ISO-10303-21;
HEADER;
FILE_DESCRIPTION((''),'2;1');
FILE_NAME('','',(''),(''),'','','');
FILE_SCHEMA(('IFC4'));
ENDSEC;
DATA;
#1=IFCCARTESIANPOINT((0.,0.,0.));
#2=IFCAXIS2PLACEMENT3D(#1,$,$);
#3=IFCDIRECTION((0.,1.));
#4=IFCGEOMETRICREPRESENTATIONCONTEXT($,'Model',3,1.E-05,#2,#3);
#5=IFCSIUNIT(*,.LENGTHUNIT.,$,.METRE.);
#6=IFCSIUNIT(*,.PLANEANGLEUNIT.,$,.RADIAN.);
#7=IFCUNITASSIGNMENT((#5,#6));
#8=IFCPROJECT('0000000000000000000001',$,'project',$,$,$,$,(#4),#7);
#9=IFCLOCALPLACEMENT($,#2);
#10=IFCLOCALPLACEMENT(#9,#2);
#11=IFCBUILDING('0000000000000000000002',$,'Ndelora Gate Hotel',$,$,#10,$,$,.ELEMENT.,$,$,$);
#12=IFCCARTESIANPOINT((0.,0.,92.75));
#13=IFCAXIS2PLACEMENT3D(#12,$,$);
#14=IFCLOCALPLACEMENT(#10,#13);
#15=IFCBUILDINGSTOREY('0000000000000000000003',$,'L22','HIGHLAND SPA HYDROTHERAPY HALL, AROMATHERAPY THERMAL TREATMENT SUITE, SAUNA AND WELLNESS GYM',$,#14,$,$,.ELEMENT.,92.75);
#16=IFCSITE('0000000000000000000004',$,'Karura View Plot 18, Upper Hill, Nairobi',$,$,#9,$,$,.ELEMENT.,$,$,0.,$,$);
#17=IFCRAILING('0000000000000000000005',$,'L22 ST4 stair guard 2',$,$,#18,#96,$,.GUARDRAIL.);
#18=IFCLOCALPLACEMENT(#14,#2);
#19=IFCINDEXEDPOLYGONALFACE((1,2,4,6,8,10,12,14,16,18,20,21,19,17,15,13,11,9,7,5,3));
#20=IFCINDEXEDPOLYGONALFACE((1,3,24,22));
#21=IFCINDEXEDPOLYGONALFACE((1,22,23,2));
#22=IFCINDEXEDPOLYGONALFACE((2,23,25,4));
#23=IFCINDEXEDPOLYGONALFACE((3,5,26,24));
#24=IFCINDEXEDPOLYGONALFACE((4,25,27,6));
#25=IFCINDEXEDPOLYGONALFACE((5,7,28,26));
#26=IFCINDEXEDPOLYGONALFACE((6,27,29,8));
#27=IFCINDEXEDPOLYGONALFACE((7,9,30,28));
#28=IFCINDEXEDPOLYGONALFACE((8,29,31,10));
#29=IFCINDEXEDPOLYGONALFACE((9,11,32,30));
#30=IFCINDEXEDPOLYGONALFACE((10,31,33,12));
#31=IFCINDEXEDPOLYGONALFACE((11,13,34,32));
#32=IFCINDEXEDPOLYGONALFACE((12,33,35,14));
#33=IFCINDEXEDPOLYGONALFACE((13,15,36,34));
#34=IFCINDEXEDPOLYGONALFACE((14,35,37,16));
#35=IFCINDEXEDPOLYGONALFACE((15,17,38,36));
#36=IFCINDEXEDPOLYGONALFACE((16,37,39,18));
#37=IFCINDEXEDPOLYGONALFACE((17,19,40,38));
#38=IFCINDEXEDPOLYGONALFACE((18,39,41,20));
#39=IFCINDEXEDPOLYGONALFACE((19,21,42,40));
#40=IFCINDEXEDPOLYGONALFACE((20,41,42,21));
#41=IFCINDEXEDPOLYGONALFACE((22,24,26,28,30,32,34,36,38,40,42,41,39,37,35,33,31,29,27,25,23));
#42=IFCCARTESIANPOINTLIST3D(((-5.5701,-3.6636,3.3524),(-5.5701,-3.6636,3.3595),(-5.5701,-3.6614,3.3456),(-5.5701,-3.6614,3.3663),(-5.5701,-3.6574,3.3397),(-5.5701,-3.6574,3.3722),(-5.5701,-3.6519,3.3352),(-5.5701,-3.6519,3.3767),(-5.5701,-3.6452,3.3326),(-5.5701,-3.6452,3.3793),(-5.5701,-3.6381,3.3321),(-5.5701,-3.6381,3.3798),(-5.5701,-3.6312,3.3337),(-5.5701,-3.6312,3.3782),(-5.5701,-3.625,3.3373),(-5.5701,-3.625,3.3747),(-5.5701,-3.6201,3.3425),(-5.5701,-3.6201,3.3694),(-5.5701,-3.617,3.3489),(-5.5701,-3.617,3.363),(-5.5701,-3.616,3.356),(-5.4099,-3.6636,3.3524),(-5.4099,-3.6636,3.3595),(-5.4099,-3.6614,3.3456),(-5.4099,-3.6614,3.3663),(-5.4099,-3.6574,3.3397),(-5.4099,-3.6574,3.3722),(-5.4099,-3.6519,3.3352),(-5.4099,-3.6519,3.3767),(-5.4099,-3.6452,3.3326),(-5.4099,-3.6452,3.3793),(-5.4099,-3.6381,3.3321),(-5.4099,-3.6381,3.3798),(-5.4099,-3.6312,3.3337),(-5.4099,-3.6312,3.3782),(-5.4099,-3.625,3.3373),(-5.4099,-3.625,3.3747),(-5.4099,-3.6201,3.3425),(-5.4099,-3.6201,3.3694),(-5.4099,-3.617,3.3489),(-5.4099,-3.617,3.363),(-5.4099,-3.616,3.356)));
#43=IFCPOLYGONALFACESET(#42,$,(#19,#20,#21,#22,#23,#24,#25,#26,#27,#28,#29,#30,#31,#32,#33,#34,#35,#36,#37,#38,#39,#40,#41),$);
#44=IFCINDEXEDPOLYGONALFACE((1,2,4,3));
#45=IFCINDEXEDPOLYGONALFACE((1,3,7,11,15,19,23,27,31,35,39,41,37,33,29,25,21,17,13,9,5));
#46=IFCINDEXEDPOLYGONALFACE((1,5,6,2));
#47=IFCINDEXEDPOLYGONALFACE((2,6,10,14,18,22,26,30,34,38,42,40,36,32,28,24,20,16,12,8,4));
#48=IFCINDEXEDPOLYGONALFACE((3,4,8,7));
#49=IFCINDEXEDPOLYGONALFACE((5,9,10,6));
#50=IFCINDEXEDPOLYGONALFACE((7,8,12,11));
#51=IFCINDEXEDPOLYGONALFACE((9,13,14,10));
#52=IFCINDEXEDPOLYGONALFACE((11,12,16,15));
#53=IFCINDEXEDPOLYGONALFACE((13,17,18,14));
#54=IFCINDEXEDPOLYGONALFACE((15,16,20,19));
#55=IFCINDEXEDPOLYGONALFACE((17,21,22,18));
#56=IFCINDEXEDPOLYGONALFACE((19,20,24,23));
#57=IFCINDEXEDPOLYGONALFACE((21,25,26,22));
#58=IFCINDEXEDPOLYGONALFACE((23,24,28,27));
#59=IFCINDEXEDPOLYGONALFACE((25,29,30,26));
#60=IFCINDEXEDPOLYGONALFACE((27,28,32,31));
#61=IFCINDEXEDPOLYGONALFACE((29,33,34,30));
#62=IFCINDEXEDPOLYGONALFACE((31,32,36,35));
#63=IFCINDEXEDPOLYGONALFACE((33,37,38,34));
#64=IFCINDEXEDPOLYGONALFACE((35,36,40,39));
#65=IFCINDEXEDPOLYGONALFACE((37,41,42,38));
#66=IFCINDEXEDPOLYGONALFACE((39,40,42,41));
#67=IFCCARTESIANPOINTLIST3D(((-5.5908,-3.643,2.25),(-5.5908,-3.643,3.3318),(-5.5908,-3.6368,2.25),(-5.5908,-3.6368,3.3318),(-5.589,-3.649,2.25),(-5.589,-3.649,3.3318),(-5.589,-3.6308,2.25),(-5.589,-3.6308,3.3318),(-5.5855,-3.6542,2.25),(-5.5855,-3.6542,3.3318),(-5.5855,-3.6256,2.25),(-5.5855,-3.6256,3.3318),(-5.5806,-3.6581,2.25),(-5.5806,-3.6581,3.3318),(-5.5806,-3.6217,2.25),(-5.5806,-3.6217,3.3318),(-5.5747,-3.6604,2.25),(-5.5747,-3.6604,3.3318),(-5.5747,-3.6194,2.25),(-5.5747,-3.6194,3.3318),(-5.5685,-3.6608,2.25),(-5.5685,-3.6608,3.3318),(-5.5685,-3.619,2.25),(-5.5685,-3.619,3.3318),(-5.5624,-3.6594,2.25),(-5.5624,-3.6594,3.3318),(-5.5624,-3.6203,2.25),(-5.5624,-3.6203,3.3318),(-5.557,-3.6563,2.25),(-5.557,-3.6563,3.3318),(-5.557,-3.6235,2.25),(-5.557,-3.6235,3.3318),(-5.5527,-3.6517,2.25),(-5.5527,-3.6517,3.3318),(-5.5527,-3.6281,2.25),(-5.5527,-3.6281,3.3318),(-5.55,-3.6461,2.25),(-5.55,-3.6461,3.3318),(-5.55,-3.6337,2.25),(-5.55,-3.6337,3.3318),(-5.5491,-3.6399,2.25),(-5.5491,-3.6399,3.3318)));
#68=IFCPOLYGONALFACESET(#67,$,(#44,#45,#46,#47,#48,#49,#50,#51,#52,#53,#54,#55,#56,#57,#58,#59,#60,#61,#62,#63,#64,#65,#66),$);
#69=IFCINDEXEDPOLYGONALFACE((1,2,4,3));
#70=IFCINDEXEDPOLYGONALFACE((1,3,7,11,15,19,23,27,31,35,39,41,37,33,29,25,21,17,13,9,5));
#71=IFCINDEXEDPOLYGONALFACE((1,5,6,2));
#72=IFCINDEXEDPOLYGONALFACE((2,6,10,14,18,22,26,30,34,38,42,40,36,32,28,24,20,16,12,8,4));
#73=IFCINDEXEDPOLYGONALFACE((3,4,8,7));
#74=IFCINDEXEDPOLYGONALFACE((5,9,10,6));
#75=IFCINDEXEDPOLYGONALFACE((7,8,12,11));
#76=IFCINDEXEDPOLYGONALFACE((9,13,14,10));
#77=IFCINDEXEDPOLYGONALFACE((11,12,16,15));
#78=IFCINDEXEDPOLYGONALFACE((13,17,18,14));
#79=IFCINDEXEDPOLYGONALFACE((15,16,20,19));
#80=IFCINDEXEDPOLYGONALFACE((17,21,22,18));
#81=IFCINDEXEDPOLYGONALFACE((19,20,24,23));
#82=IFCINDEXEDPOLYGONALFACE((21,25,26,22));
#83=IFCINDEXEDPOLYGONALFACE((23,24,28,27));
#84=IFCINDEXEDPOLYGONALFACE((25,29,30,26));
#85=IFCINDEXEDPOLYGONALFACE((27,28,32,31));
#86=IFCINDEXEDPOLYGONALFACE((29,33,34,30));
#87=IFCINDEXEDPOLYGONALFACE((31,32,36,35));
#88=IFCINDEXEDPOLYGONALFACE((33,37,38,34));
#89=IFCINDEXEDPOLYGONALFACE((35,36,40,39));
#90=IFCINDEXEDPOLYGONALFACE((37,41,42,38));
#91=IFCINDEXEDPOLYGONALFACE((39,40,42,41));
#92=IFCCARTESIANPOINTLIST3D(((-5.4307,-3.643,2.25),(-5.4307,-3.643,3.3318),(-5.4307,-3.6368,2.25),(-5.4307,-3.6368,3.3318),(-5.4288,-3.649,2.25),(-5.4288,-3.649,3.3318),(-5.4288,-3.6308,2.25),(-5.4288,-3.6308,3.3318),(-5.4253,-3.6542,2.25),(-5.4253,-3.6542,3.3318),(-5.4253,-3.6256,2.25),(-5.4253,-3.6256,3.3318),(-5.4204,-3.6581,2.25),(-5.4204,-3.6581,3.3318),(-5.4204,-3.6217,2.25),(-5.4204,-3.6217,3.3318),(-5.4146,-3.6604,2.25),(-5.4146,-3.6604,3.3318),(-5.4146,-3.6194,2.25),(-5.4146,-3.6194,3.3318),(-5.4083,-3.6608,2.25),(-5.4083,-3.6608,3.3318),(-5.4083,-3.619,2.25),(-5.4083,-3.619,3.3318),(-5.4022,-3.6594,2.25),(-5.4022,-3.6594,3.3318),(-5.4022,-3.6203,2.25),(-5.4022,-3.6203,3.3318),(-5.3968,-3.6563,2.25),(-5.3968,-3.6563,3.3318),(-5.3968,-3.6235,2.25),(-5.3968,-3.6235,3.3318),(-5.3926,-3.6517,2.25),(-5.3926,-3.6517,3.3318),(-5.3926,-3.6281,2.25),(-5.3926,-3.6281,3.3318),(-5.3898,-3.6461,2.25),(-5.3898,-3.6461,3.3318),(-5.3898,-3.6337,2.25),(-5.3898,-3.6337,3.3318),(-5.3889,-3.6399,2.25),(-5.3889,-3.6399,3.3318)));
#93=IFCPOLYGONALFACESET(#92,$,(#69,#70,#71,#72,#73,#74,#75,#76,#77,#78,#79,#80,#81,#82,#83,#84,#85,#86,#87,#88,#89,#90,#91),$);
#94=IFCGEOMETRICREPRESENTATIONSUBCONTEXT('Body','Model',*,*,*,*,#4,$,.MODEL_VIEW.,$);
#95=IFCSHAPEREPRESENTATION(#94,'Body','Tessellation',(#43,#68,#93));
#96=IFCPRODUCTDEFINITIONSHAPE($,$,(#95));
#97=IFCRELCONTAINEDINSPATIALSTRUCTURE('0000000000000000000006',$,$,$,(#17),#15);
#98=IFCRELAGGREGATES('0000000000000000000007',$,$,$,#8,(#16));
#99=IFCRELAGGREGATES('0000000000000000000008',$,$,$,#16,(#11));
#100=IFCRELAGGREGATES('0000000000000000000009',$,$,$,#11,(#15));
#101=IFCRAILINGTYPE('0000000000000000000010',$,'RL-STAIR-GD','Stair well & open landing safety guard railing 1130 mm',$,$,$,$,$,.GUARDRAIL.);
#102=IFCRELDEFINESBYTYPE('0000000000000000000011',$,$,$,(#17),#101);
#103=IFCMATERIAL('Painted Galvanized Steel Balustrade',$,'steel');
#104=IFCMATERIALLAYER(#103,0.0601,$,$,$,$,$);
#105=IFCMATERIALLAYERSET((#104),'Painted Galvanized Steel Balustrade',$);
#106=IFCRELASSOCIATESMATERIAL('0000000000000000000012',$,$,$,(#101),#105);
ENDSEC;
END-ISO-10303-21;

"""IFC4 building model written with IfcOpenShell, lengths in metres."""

from ifc_helpers import new_model, si_unit, direction, frame, origin, origin_2d, place, context, subcontext, project, spatial, circle, extrude, material, layer, layer_set, type_object, element, save


model = new_model("IFC4")

# Units and contexts
model_context = context("Model", 3, precision=1e-05, world=origin(), true_north=direction((0.0, 1.0)))
body_context = subcontext(model_context, "Body", "Model", "MODEL_VIEW")
ifc_project = project(units=[si_unit("LENGTHUNIT", "METRE"), si_unit("PLANEANGLEUNIT", "RADIAN")], contexts=[model_context])

# Site, building, storey
site_placement = place(None, origin())
site = spatial("IfcSite", under=ifc_project, at=site_placement, Name="Karura View Plot 18, Upper Hill, Nairobi", CompositionType="ELEMENT", RefElevation=0.0)
building_placement = place(site_placement, origin())
building = spatial("IfcBuilding", under=site, at=building_placement, Name="Ndelora Gate Hotel", CompositionType="ELEMENT")
storey_placement = place(building_placement, frame((0.0, 0.0, 92.75)))
storey = spatial("IfcBuildingStorey", under=building, at=storey_placement, Name="L22", Description="HIGHLAND SPA HYDROTHERAPY HALL, AROMATHERAPY THERMAL TREATMENT SUITE, SAUNA AND WELLNESS GYM", CompositionType="ELEMENT", Elevation=92.75)

# Railing
ifc_material_1 = material(Name="Painted Galvanized Steel Balustrade", Category="steel")
ifc_layer_1 = layer(ifc_material_1, 0.0601)
ifc_layer_set_1 = layer_set([ifc_layer_1], Name="Painted Galvanized Steel Balustrade")
railing_type_1 = type_object("IfcRailingType", Name="RL-STAIR-GD", Description="Stair well & open landing safety guard railing 1130 mm", PredefinedType="GUARDRAIL", material=ifc_layer_set_1)
railing_1_placement = place(storey_placement, frame((-5.5701, -3.6399, 2.25)))
element("IfcRailing", 1, at=railing_1_placement, inside=storey, type_object=railing_type_1, Name="L22 ST4 stair guard 2", PredefinedType="GUARDRAIL", context=body_context, shape_type="SweptSolid", body=[
    extrude(circle(Radius=0.0239, at=origin_2d()), frame((0.0, 0.0, 1.106), z_axis=(1.0, 0.0, 0.0), x_axis=(0.0, 1.0, 0.0)), (0.0, 0.0, 1.0), 0.1602),
    extrude(circle(Radius=0.021, at=origin_2d()), origin(), (0.0, 0.0, 1.0), 1.0818),
    extrude(circle(Radius=0.021, at=origin_2d()), frame((0.1602, 0.0, 0.0)), (0.0, 0.0, 1.0), 1.0818),
])

save(model, "model.ifc")
